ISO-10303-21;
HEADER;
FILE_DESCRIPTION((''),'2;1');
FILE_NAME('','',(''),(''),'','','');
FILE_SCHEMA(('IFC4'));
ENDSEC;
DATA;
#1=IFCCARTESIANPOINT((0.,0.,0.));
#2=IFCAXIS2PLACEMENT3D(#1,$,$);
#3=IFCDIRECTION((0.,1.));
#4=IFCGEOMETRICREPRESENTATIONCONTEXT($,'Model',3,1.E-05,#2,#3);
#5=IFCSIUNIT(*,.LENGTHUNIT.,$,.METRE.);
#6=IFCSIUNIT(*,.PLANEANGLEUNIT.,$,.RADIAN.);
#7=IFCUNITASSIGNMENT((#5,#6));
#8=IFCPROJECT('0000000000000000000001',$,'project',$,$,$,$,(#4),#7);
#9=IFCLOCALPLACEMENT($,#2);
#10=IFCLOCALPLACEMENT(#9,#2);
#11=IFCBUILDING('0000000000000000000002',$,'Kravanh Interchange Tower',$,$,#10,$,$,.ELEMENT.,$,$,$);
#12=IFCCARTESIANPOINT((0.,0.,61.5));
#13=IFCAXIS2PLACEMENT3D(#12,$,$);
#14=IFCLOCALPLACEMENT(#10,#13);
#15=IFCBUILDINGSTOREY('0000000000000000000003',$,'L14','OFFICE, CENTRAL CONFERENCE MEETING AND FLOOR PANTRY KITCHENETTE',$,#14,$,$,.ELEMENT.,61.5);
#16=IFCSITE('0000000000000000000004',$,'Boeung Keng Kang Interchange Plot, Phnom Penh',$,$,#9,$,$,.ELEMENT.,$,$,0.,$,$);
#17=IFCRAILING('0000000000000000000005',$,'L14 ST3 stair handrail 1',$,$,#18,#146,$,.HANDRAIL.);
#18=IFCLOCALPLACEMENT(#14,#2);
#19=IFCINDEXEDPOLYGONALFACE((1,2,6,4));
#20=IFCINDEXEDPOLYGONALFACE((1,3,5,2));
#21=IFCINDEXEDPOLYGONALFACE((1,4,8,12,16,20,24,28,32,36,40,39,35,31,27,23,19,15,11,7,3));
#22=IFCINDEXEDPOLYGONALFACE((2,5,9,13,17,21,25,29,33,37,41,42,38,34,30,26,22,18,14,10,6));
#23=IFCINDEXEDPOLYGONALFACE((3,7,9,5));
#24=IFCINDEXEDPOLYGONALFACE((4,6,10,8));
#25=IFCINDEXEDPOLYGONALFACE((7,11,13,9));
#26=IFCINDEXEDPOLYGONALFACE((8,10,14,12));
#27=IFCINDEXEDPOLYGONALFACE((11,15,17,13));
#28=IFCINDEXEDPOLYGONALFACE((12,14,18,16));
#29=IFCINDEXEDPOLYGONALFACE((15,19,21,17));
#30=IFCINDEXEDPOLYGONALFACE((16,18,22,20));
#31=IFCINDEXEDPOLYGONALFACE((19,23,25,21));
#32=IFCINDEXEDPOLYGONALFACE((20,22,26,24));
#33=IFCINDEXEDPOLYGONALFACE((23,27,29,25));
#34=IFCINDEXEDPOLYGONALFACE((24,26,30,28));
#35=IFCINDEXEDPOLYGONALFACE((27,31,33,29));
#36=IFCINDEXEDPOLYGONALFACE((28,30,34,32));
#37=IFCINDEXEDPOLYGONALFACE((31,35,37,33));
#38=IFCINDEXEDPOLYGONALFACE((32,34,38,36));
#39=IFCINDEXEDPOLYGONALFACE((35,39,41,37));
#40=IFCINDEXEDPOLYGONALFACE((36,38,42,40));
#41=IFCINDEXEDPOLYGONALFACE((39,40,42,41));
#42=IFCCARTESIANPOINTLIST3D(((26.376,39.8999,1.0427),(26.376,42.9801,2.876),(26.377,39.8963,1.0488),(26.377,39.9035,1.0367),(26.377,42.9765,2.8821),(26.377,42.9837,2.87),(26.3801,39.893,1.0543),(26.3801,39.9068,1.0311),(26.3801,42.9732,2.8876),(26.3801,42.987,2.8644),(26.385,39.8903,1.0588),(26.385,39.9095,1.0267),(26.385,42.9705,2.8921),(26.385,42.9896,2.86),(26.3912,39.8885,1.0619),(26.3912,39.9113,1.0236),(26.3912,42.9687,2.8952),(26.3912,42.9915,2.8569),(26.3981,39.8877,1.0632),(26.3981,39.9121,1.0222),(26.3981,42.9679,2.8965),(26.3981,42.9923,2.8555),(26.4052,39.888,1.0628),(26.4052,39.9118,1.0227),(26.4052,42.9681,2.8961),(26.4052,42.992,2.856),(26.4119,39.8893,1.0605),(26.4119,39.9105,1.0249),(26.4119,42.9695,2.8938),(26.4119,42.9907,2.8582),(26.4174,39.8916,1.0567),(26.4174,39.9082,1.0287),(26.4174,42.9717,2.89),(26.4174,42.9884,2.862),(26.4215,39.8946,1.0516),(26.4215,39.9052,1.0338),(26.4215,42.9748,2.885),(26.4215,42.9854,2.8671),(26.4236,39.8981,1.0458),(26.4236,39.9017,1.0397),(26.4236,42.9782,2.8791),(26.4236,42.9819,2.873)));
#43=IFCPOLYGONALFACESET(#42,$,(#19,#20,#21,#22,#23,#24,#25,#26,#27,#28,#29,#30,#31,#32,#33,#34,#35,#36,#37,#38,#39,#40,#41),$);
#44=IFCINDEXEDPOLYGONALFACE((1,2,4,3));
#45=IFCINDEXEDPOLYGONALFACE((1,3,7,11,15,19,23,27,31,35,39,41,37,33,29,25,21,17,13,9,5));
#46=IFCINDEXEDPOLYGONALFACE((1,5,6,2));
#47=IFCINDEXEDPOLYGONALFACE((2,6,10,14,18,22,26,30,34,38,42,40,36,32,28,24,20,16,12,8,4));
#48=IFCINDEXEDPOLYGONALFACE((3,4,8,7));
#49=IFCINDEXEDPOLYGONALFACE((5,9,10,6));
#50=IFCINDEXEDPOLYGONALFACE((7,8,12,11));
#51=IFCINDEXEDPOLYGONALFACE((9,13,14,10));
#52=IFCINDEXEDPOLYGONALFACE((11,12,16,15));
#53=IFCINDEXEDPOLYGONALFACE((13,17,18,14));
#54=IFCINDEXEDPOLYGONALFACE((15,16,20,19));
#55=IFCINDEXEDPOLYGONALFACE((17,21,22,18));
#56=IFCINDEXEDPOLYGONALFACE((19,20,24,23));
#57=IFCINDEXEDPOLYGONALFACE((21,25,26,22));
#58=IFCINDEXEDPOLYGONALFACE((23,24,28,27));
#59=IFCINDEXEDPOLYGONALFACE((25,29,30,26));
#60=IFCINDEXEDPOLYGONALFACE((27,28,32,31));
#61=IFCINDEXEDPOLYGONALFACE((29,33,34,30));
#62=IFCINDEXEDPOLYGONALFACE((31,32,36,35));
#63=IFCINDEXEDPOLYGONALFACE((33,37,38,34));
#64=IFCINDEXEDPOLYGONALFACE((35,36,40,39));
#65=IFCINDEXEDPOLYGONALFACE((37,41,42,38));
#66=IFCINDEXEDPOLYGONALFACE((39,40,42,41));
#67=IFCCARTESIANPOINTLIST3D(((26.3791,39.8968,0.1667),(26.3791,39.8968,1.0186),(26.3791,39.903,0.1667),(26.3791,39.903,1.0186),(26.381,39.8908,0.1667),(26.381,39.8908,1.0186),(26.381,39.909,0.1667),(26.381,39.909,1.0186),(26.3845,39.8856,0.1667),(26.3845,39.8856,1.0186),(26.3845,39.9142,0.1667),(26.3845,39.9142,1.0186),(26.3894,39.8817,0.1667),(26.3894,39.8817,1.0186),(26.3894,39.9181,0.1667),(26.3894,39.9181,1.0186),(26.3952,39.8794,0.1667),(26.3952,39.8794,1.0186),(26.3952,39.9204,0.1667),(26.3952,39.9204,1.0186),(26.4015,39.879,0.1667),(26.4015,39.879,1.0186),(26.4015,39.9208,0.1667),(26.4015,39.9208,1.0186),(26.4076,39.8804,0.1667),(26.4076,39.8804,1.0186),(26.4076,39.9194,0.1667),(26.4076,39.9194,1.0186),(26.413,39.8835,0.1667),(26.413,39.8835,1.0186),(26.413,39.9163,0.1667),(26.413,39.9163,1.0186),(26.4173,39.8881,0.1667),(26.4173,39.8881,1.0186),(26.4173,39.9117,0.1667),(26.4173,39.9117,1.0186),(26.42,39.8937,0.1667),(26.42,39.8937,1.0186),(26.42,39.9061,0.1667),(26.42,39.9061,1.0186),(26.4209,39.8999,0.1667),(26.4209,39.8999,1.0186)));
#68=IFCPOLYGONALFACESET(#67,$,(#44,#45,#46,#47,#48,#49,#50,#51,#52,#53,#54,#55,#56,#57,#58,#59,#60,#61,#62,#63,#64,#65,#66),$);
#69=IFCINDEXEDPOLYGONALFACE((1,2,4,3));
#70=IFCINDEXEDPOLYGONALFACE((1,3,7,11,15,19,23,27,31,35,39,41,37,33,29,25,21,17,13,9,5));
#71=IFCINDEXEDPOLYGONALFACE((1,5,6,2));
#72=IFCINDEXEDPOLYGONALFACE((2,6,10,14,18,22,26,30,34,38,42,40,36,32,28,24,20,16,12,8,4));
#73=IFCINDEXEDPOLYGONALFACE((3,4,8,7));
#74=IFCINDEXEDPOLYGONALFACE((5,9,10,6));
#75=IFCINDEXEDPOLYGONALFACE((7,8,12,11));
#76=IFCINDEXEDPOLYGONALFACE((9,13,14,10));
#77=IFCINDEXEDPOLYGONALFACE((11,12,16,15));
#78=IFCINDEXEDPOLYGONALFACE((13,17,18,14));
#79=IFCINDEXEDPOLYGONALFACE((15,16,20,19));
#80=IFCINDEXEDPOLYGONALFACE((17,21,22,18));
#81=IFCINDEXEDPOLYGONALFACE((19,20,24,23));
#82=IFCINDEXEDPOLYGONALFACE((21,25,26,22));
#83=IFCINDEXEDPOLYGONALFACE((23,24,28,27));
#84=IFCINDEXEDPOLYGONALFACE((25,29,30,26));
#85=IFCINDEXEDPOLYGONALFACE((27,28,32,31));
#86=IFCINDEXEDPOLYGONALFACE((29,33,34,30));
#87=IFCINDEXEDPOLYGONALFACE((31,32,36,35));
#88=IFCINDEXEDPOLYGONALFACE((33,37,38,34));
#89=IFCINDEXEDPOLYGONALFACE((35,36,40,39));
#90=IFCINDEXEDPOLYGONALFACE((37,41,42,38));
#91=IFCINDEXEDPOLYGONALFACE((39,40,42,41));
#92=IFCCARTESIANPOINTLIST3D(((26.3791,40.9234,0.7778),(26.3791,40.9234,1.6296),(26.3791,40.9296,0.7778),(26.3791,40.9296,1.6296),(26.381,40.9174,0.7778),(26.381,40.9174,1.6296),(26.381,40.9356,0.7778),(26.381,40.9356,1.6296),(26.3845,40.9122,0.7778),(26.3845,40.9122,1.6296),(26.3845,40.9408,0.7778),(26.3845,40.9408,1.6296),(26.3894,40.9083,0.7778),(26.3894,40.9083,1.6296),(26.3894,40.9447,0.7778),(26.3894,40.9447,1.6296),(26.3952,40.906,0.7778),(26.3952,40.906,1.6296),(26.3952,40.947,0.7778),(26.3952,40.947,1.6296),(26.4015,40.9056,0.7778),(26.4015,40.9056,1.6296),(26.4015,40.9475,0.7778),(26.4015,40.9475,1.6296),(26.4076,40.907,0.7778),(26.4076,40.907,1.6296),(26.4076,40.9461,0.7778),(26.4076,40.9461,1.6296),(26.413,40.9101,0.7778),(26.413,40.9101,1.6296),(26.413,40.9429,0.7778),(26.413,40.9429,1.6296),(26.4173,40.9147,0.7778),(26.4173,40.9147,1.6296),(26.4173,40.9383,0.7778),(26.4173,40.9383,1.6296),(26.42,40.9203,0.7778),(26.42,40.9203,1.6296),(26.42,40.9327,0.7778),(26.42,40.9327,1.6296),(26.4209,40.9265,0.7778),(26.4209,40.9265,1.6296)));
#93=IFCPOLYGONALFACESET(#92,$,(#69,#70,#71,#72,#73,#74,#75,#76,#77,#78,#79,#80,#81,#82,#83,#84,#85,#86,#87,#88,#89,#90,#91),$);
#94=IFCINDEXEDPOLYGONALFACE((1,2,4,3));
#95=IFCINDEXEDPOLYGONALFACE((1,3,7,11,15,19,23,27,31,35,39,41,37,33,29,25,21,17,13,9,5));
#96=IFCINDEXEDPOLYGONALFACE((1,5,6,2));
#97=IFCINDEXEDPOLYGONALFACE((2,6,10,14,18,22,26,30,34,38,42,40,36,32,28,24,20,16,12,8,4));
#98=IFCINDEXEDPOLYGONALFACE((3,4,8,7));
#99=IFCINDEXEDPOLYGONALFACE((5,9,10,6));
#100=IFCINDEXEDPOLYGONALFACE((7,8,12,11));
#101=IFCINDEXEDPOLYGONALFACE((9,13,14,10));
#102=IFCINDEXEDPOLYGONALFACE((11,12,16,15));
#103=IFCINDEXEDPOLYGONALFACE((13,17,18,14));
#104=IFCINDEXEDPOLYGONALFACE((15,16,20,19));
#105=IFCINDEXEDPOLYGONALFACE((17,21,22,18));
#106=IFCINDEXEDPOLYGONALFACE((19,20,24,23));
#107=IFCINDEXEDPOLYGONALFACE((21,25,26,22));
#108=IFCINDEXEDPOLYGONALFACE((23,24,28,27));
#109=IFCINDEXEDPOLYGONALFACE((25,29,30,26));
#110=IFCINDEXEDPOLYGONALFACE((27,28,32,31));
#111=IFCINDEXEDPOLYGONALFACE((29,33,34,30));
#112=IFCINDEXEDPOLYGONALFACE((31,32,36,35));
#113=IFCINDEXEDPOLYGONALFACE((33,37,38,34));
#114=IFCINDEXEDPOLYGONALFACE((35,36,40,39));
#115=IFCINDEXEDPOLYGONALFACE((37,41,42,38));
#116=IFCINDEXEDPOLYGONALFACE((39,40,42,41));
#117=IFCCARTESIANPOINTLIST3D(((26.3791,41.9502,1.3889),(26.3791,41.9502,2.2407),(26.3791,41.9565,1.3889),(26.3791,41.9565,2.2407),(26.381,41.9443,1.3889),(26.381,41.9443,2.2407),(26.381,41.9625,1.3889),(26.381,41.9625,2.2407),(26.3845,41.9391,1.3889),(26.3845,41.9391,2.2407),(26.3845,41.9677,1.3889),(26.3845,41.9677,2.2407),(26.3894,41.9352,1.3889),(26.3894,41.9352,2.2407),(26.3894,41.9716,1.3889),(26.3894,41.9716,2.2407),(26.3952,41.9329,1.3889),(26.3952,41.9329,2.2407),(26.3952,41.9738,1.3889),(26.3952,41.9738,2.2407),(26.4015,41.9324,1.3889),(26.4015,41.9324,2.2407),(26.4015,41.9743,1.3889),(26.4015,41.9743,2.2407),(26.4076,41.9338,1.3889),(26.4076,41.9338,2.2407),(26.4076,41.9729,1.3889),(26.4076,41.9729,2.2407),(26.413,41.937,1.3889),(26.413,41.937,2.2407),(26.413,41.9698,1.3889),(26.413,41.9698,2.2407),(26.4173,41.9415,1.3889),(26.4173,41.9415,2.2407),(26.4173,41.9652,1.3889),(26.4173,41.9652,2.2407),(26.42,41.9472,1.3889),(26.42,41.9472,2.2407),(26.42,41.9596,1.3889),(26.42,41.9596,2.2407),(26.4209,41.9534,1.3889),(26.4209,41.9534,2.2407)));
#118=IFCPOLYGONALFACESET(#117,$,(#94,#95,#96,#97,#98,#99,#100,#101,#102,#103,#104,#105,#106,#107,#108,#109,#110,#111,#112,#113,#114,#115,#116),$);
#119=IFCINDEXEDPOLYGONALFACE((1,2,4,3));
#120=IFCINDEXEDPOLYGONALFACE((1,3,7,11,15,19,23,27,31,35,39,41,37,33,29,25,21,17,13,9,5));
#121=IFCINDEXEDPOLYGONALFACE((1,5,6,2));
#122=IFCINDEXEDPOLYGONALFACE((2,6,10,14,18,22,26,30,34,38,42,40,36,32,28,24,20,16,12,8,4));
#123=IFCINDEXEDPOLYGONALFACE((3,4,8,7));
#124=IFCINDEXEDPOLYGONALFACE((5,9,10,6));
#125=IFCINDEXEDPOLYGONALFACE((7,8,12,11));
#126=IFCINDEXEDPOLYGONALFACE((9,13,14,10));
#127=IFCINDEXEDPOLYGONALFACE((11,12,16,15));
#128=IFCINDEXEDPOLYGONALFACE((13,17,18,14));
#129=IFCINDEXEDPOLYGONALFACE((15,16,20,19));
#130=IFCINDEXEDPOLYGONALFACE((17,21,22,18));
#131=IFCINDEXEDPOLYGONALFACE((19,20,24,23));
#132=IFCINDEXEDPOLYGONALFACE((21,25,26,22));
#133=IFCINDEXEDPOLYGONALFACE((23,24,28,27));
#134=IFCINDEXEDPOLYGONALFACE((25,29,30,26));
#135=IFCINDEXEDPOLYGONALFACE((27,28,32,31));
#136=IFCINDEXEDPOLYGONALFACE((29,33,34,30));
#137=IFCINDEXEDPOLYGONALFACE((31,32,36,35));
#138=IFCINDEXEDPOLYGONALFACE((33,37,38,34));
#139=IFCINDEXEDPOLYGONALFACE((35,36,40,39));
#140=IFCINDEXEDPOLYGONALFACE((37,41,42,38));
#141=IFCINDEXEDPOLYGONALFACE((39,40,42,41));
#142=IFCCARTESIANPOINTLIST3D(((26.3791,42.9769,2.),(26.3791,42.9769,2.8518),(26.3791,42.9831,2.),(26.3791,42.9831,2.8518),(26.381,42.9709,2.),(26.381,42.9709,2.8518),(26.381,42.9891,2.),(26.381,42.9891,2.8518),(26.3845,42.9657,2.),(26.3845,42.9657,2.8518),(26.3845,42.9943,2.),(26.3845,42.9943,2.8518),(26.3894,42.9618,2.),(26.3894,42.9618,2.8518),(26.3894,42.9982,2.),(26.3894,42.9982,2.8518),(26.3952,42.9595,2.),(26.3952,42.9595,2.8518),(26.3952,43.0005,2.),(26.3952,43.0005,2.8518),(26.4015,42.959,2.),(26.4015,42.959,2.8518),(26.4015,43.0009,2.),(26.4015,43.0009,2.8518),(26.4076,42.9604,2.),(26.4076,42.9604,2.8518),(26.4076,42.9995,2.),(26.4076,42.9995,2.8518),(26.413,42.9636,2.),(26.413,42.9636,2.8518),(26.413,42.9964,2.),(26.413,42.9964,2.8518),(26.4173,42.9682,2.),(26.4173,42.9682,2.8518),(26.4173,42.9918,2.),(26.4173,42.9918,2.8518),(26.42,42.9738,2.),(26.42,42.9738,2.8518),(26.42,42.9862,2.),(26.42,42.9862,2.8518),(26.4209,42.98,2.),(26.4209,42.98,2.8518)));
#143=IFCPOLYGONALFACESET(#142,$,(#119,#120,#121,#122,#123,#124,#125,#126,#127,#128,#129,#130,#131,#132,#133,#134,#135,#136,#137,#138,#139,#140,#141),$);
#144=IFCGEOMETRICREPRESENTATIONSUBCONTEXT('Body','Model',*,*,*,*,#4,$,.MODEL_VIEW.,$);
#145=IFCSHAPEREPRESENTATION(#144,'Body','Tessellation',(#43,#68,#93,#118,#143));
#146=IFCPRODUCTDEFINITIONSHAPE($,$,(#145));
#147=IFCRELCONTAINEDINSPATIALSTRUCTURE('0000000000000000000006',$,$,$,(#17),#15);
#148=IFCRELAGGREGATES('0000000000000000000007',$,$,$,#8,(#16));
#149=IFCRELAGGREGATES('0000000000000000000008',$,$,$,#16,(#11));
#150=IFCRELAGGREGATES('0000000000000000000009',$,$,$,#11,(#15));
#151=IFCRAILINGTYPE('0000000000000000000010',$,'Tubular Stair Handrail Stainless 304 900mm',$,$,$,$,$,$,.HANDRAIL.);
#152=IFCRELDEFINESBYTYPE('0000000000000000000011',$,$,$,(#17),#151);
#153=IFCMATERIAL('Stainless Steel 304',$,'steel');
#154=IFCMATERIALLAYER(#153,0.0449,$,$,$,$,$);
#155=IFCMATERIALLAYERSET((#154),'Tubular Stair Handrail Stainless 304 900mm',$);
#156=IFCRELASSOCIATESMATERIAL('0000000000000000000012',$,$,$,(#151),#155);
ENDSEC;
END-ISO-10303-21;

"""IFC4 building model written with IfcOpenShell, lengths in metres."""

from ifc_helpers import new_model, si_unit, direction, frame, origin, origin_2d, place, context, subcontext, project, spatial, circle, extrude, material, layer, layer_set, type_object, element, save


model = new_model("IFC4")

# Units and contexts
model_context = context("Model", 3, precision=1e-05, world=origin(), true_north=direction((0.0, 1.0)))
body_context = subcontext(model_context, "Body", "Model", "MODEL_VIEW")
ifc_project = project(units=[si_unit("LENGTHUNIT", "METRE"), si_unit("PLANEANGLEUNIT", "RADIAN")], contexts=[model_context])

# Site, building, storey
site_placement = place(None, origin())
site = spatial("IfcSite", under=ifc_project, at=site_placement, Name="Boeung Keng Kang Interchange Plot, Phnom Penh", CompositionType="ELEMENT", RefElevation=0.0)
building_placement = place(site_placement, origin())
building = spatial("IfcBuilding", under=site, at=building_placement, Name="Kravanh Interchange Tower", CompositionType="ELEMENT")
storey_placement = place(building_placement, frame((0.0, 0.0, 61.5)))
storey = spatial("IfcBuildingStorey", under=building, at=storey_placement, Name="L14", Description="OFFICE, CENTRAL CONFERENCE MEETING AND FLOOR PANTRY KITCHENETTE", CompositionType="ELEMENT", Elevation=61.5)

# Railing
ifc_material_1 = material(Name="Stainless Steel 304", Category="steel")
ifc_layer_1 = layer(ifc_material_1, 0.0449)
ifc_layer_set_1 = layer_set([ifc_layer_1], Name="Tubular Stair Handrail Stainless 304 900mm")
railing_type_1 = type_object("IfcRailingType", Name="Tubular Stair Handrail Stainless 304 900mm", PredefinedType="HANDRAIL", material=ifc_layer_set_1)
railing_1_placement = place(storey_placement, frame((26.3999, 39.8999, 0.1667)))
element("IfcRailing", 1, at=railing_1_placement, inside=storey, type_object=railing_type_1, Name="L14 ST3 stair handrail 1", PredefinedType="HANDRAIL", context=body_context, shape_type="SweptSolid", body=[
    extrude(circle(Radius=0.0239, at=origin_2d()), frame((0.0, 0.0, 0.876), z_axis=(0.0, 0.859309, 0.511458), x_axis=(-1.0, 0.0, 0.0)), (0.0, 0.0, 1.0), 3.5845),
    extrude(circle(Radius=0.021, at=origin_2d()), origin(), (0.0, 0.0, 1.0), 0.8518),
    extrude(circle(Radius=0.021, at=origin_2d()), frame((0.0, 1.0266, 0.6111)), (0.0, 0.0, 1.0), 0.8518),
    extrude(circle(Radius=0.021, at=origin_2d()), frame((0.0, 2.0535, 1.2222)), (0.0, 0.0, 1.0), 0.8518),
    extrude(circle(Radius=0.021, at=origin_2d()), frame((0.0, 3.0801, 1.8333)), (0.0, 0.0, 1.0), 0.8518),
])

save(model, "model.ifc")
